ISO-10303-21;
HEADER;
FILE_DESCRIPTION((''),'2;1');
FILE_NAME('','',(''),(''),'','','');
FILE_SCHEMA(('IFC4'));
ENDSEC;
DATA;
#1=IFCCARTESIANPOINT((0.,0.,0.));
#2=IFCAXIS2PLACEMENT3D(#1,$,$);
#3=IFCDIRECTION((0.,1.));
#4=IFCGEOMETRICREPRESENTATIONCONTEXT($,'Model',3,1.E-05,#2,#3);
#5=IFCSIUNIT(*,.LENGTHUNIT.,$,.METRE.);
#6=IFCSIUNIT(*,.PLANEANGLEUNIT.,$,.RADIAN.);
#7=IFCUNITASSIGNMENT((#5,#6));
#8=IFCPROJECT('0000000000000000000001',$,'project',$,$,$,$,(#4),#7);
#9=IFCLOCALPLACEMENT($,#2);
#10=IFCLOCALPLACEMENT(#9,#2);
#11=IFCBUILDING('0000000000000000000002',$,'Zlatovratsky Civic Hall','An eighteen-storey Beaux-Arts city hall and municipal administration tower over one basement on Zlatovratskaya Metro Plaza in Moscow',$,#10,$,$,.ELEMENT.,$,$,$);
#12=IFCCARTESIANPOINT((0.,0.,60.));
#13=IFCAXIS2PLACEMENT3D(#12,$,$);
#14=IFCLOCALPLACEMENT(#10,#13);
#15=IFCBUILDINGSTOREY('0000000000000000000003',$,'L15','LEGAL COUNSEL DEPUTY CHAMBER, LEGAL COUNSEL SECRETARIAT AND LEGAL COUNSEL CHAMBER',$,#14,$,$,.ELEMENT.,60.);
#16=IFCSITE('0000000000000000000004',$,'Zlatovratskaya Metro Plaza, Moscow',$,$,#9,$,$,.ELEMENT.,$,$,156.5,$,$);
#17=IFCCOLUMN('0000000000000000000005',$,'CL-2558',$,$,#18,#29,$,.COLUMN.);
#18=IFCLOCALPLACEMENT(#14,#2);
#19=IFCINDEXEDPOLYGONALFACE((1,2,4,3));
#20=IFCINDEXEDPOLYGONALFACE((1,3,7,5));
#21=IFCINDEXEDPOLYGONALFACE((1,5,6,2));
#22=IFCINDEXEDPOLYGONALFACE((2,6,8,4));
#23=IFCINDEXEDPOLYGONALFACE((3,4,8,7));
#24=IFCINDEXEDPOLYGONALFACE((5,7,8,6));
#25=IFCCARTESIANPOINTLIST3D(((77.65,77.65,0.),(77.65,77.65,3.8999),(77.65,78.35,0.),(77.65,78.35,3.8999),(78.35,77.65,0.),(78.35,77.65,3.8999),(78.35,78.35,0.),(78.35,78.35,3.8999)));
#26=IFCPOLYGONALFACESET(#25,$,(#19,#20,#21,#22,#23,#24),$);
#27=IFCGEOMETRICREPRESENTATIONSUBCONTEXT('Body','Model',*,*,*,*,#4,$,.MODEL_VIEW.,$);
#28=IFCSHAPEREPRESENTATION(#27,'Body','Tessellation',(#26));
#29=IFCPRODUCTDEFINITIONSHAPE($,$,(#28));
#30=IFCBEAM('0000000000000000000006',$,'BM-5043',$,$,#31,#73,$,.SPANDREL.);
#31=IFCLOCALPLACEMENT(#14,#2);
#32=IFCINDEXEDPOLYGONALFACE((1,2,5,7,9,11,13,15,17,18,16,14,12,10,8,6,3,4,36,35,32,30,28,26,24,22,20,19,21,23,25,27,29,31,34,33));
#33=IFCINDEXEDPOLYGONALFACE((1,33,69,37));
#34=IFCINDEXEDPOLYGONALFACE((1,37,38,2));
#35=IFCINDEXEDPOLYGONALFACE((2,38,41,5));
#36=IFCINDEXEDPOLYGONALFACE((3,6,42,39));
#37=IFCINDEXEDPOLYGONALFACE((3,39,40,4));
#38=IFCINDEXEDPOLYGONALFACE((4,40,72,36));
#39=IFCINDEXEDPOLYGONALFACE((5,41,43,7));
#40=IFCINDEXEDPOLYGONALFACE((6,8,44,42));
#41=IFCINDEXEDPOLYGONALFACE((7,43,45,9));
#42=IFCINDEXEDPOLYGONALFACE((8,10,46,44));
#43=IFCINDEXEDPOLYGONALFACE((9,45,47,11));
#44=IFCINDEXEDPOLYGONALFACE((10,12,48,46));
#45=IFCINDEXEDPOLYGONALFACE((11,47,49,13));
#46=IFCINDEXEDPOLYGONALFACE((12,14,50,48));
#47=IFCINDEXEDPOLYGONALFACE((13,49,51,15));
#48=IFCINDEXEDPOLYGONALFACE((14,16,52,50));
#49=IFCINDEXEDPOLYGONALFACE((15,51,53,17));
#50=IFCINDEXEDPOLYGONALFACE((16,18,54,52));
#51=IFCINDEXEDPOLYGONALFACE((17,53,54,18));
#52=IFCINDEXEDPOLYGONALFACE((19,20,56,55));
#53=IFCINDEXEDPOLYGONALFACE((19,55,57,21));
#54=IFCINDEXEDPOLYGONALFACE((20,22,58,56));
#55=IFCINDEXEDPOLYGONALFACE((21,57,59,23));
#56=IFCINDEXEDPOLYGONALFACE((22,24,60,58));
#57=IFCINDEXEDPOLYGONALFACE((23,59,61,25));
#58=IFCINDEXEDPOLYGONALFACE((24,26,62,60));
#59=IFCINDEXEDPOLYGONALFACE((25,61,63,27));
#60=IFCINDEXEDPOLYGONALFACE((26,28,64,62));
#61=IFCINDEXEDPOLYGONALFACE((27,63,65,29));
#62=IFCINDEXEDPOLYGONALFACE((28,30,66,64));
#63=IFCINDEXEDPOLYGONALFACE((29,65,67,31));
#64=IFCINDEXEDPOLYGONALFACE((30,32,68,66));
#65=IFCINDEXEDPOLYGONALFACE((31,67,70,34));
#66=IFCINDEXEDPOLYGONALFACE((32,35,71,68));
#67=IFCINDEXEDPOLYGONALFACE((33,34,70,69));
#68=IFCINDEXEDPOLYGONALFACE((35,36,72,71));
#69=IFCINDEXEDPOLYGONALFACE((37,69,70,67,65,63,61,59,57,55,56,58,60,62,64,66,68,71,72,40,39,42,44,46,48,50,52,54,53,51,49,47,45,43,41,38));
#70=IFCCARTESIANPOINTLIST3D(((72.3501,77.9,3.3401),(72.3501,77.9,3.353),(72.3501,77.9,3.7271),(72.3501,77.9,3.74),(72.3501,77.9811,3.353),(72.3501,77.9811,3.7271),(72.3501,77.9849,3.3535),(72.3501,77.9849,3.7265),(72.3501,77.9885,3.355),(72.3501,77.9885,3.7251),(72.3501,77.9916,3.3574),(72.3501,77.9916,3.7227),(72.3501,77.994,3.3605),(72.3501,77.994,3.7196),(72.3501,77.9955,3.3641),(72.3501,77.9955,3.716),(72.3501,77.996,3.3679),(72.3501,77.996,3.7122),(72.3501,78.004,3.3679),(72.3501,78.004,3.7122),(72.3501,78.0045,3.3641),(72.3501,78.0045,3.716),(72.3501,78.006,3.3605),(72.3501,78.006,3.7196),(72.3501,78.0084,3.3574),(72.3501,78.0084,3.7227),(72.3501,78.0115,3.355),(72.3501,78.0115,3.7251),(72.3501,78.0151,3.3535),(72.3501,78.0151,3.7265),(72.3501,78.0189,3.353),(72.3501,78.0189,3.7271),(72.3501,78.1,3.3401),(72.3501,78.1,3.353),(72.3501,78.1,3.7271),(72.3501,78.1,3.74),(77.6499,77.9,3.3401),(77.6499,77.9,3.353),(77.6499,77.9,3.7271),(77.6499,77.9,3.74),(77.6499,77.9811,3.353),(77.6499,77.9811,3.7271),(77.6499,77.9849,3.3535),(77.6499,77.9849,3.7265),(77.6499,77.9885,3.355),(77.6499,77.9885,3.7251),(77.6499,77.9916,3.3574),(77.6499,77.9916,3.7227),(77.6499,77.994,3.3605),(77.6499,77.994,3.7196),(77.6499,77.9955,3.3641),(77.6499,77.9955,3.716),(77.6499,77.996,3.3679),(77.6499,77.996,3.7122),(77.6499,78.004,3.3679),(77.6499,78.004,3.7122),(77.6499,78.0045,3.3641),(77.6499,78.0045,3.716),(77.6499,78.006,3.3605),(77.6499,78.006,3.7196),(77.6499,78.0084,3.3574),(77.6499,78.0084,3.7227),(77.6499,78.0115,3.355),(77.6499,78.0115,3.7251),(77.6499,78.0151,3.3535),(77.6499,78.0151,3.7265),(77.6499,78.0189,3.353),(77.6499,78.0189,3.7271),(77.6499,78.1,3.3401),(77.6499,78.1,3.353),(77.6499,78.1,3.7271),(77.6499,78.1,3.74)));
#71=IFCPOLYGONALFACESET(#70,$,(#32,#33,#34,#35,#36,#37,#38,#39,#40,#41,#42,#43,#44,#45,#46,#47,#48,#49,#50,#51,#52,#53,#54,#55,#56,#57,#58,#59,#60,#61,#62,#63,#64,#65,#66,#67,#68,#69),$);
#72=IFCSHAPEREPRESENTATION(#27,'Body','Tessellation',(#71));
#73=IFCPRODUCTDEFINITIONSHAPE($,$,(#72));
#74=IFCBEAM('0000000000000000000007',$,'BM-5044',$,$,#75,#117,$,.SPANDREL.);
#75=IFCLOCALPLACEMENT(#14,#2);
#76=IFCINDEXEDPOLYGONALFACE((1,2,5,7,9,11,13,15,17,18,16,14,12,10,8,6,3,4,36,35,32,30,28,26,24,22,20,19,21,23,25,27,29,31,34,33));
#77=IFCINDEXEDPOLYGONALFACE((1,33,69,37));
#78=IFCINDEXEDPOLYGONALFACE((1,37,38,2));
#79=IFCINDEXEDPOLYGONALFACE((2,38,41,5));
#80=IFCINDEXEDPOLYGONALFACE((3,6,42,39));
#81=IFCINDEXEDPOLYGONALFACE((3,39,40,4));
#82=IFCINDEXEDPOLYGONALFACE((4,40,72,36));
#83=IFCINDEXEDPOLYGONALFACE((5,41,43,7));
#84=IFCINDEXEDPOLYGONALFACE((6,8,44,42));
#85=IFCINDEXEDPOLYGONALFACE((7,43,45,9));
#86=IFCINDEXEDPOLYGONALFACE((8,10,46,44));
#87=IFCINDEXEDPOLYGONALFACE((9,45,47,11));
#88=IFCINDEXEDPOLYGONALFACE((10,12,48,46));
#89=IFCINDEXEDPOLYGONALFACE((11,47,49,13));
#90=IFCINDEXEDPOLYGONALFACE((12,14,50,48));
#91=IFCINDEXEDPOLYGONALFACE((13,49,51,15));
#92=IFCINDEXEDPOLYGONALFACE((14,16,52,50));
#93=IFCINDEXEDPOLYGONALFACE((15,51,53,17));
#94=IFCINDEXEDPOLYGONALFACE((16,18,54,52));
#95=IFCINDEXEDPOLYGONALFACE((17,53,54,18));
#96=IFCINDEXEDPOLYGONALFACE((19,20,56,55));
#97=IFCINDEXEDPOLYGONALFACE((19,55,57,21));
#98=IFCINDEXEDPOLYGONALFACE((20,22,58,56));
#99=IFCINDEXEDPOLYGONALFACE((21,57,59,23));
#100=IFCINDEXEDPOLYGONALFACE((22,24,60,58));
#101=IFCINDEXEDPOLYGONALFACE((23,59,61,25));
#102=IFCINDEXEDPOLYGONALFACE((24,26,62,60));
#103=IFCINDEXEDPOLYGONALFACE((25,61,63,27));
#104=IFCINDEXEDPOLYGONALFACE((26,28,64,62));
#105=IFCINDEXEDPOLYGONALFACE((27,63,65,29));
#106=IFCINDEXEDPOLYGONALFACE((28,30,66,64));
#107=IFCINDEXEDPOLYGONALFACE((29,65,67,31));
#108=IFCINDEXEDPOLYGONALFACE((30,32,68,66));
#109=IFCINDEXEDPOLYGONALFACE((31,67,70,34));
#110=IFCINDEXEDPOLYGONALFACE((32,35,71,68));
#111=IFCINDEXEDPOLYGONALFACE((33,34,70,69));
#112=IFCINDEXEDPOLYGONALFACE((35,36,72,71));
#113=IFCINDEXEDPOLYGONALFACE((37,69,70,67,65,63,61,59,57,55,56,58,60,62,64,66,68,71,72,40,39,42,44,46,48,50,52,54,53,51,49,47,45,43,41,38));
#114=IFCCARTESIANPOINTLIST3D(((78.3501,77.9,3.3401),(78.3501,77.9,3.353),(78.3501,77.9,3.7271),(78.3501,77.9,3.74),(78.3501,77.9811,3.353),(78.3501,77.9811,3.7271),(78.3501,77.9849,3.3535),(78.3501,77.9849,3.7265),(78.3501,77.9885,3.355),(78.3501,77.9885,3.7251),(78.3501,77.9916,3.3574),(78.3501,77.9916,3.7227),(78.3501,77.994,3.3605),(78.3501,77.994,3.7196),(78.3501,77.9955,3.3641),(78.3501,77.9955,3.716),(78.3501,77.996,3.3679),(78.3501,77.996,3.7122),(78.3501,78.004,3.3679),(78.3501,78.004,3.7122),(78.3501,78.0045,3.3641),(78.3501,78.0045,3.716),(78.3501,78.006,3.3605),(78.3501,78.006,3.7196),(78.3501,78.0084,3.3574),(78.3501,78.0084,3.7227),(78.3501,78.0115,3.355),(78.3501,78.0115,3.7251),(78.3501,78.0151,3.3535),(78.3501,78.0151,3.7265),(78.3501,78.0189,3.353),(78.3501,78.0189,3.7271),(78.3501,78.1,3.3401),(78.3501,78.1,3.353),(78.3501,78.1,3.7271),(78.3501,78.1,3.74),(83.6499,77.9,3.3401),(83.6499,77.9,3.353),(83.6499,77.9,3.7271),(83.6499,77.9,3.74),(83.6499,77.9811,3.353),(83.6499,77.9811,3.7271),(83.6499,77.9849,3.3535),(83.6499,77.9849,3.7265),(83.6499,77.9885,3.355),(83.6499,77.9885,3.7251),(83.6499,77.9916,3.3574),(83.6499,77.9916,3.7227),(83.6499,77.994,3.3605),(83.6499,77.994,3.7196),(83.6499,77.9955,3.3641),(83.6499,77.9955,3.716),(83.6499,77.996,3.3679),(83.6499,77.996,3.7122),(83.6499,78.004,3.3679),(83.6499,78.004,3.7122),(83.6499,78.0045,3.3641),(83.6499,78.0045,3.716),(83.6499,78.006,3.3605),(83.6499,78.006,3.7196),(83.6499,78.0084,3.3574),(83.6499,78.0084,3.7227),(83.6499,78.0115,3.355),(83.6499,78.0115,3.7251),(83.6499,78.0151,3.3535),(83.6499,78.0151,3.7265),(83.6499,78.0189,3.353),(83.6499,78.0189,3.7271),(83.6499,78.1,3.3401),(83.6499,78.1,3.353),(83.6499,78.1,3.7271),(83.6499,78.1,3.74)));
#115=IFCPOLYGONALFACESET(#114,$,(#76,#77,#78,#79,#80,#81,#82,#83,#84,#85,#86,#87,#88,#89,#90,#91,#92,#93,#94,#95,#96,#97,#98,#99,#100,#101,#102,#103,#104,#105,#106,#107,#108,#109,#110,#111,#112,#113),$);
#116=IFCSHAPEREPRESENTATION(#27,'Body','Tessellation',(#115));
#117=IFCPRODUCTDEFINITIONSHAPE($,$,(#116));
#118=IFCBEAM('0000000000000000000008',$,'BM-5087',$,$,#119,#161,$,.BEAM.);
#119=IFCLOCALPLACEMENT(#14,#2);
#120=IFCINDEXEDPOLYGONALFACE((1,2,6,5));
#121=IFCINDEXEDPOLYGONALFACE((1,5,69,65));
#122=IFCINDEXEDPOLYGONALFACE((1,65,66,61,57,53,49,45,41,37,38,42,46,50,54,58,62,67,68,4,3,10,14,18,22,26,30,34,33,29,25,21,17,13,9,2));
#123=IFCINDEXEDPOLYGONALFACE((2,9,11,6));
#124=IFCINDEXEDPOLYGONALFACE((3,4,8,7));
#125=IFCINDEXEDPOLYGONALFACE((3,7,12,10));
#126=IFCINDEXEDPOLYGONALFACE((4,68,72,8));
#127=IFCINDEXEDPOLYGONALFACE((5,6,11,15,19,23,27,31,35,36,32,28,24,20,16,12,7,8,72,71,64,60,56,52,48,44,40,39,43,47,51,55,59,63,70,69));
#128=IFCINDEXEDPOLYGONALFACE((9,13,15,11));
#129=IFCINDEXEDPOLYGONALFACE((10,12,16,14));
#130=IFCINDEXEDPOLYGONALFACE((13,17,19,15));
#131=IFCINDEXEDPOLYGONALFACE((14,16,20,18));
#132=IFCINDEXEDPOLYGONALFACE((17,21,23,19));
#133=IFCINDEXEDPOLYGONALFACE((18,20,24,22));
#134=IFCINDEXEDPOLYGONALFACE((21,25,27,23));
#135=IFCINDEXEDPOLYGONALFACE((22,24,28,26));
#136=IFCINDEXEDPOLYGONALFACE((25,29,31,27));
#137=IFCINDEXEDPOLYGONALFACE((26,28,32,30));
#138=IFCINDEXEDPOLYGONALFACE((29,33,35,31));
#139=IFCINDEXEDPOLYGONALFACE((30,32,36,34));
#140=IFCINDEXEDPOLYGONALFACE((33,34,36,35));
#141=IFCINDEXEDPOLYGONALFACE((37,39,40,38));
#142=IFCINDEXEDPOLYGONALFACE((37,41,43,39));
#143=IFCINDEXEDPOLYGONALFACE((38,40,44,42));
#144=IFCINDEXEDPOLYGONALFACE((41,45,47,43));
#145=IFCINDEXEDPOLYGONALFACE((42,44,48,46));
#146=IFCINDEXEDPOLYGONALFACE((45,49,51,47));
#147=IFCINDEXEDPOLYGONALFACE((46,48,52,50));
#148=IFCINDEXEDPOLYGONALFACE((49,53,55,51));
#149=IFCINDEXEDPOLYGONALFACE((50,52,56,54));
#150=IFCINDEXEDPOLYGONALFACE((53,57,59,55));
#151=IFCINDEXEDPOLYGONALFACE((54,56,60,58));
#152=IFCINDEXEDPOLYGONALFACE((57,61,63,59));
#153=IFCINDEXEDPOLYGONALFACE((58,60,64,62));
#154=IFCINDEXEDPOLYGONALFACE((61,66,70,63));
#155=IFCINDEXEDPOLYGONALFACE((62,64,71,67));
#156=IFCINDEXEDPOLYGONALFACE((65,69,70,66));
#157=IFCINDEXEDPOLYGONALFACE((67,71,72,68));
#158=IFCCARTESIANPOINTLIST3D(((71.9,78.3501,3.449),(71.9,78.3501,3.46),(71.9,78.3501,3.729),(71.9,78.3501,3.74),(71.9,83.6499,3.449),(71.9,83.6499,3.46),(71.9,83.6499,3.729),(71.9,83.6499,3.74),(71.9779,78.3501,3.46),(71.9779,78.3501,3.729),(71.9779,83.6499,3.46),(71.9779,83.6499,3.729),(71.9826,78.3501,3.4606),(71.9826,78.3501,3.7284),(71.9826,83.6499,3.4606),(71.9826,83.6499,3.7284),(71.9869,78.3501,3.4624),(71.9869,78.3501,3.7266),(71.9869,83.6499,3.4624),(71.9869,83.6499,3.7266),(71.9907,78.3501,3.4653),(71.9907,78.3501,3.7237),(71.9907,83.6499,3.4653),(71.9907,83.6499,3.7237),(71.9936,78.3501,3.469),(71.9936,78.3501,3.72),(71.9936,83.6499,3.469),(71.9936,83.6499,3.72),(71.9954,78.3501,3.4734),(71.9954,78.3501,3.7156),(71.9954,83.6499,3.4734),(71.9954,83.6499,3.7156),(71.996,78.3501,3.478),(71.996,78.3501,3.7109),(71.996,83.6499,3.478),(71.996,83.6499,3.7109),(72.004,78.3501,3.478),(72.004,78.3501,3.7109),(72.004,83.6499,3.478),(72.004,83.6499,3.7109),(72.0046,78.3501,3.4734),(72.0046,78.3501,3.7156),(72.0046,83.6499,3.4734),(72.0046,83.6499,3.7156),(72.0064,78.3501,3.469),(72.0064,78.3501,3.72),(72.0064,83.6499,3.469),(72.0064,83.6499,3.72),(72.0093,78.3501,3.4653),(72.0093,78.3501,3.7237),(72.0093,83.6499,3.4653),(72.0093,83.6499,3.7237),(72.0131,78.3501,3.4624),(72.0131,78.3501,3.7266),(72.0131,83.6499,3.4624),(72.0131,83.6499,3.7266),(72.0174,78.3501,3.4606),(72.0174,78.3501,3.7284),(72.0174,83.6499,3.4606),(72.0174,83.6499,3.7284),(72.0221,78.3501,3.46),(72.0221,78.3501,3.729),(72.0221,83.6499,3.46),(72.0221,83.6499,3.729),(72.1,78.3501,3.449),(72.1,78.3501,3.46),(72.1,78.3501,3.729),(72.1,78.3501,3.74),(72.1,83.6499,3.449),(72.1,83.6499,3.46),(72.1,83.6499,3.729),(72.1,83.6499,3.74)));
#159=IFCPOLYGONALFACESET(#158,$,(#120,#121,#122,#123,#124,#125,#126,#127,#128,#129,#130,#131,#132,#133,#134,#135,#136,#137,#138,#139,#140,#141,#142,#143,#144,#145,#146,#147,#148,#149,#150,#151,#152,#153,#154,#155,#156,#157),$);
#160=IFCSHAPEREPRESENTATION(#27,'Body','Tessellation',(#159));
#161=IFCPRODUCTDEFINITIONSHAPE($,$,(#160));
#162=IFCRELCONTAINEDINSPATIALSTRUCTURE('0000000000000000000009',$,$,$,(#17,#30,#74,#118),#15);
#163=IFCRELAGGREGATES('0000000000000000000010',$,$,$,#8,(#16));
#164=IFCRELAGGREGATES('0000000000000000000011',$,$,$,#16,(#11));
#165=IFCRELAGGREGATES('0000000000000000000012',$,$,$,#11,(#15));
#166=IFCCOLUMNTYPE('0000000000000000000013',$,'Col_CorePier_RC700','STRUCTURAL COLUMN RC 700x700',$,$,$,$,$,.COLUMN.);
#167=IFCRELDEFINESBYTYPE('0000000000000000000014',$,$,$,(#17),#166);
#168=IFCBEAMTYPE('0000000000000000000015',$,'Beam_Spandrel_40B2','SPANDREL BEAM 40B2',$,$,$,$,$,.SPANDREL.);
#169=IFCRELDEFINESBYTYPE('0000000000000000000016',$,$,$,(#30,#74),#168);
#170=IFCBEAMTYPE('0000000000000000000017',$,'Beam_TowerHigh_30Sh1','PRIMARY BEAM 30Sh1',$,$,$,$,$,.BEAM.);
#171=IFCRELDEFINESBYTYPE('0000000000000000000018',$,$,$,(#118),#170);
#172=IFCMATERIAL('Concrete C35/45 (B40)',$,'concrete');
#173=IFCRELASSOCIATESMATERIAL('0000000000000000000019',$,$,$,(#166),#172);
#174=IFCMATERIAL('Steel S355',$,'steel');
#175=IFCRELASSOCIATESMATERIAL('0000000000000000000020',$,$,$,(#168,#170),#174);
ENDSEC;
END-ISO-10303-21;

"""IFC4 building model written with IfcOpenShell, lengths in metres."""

from ifc_helpers import new_model, si_unit, direction, frame, origin, origin_2d, place, context, subcontext, project, spatial, rectangle, i_section, extrude, material, material_profile, profile_set, type_object, element, save


model = new_model("IFC4")

# Units and contexts
model_context = context("Model", 3, precision=1e-05, world=origin(), true_north=direction((0.0, 1.0)))
body_context = subcontext(model_context, "Body", "Model", "MODEL_VIEW")
ifc_project = project(units=[si_unit("LENGTHUNIT", "METRE"), si_unit("PLANEANGLEUNIT", "RADIAN")], contexts=[model_context])

# Site, building, storey
site_placement = place(None, origin())
site = spatial("IfcSite", under=ifc_project, at=site_placement, Name="Zlatovratskaya Metro Plaza, Moscow", CompositionType="ELEMENT", RefElevation=156.5)
building_placement = place(site_placement, origin())
building = spatial("IfcBuilding", under=site, at=building_placement, Name="Zlatovratsky Civic Hall", Description="An eighteen-storey Beaux-Arts city hall and municipal administration tower over one basement on Zlatovratskaya Metro Plaza in Moscow", CompositionType="ELEMENT")
storey_placement = place(building_placement, frame((0.0, 0.0, 60.0)))
storey = spatial("IfcBuildingStorey", under=building, at=storey_placement, Name="L15", Description="LEGAL COUNSEL DEPUTY CHAMBER, LEGAL COUNSEL SECRETARIAT AND LEGAL COUNSEL CHAMBER", CompositionType="ELEMENT", Elevation=60.0)

# Column
ifc_material_1 = material(Name="Concrete C35/45 (B40)", Category="concrete")
ifc_material_profile_1 = material_profile(ifc_material_1, rectangle(XDim=0.7, YDim=0.7, at=origin_2d()), Name="RC 700x700")
ifc_profile_set_1 = profile_set([ifc_material_profile_1], Name="Concrete C35/45 (B40)")
column_type = type_object("IfcColumnType", Name="Col_CorePier_RC700", Description="STRUCTURAL COLUMN RC 700x700", PredefinedType="COLUMN", material=ifc_profile_set_1)
column_placement = place(storey_placement, frame((78.0, 78.0, 0.0), z_axis=(0.0, 0.0, 1.0), x_axis=(1.0, 0.0, 0.0)))
element("IfcColumn", 1, at=column_placement, inside=storey, type_object=column_type, Name="CL-2558", PredefinedType="COLUMN", context=body_context, shape_type="SweptSolid", body=[
    extrude(rectangle(XDim=0.7, YDim=0.7, at=origin_2d()), origin(), (0.0, 0.0, 1.0), 3.8999),
])

# Beams
ifc_material_2 = material(Name="Steel S355", Category="steel")
ifc_material_profile_2 = material_profile(ifc_material_2, i_section(OverallWidth=0.2, OverallDepth=0.3999, WebThickness=0.0081, FlangeThickness=0.0129, FilletRadius=0.0149, at=origin_2d()), Name="40B2")
ifc_profile_set_2 = profile_set([ifc_material_profile_2], Name="Steel S355")
beam_type_1 = type_object("IfcBeamType", Name="Beam_Spandrel_40B2", Description="SPANDREL BEAM 40B2", PredefinedType="SPANDREL", material=ifc_profile_set_2)
for number, where, z_axis, x_axis, name in (
    (2, (72.3501, 78.0, 3.54), (1.0, 0.0, 0.0), (0.0, 1.0, 0.0), "BM-5043"),
    (3, (78.3501, 78.0, 3.54), (1.0, 0.0, 0.0), (0.0, 1.0, 0.0), "BM-5044"),
):
    element("IfcBeam", number, at=place(storey_placement, frame(where, z_axis=z_axis, x_axis=x_axis)), inside=storey, type_object=beam_type_1, Name=name, PredefinedType="SPANDREL", context=body_context, shape_type="SweptSolid", body=[
        extrude(i_section(OverallWidth=0.2, OverallDepth=0.3999, WebThickness=0.0081, FlangeThickness=0.0129, FilletRadius=0.0149, at=origin_2d()), origin(), (0.0, 0.0, 1.0), 5.2998),
    ])
ifc_material_profile_3 = material_profile(ifc_material_2, i_section(OverallWidth=0.2, OverallDepth=0.291, WebThickness=0.0081, FlangeThickness=0.011, FilletRadius=0.0181, at=origin_2d()), Name="30Sh1")
ifc_profile_set_3 = profile_set([ifc_material_profile_3], Name="Steel S355")
beam_type_2 = type_object("IfcBeamType", Name="Beam_TowerHigh_30Sh1", Description="PRIMARY BEAM 30Sh1", PredefinedType="BEAM", material=ifc_profile_set_3)
for number, where, z_axis, x_axis, name in (
    (4, (72.0, 78.3501, 3.5945), (0.0, 1.0, 0.0), (-1.0, 0.0, 0.0), "BM-5087"),
):
    element("IfcBeam", number, at=place(storey_placement, frame(where, z_axis=z_axis, x_axis=x_axis)), inside=storey, type_object=beam_type_2, Name=name, PredefinedType="BEAM", context=body_context, shape_type="SweptSolid", body=[
        extrude(i_section(OverallWidth=0.2, OverallDepth=0.291, WebThickness=0.0081, FlangeThickness=0.011, FilletRadius=0.0181, at=origin_2d()), origin(), (0.0, 0.0, 1.0), 5.2998),
    ])

save(model, "model.ifc")
